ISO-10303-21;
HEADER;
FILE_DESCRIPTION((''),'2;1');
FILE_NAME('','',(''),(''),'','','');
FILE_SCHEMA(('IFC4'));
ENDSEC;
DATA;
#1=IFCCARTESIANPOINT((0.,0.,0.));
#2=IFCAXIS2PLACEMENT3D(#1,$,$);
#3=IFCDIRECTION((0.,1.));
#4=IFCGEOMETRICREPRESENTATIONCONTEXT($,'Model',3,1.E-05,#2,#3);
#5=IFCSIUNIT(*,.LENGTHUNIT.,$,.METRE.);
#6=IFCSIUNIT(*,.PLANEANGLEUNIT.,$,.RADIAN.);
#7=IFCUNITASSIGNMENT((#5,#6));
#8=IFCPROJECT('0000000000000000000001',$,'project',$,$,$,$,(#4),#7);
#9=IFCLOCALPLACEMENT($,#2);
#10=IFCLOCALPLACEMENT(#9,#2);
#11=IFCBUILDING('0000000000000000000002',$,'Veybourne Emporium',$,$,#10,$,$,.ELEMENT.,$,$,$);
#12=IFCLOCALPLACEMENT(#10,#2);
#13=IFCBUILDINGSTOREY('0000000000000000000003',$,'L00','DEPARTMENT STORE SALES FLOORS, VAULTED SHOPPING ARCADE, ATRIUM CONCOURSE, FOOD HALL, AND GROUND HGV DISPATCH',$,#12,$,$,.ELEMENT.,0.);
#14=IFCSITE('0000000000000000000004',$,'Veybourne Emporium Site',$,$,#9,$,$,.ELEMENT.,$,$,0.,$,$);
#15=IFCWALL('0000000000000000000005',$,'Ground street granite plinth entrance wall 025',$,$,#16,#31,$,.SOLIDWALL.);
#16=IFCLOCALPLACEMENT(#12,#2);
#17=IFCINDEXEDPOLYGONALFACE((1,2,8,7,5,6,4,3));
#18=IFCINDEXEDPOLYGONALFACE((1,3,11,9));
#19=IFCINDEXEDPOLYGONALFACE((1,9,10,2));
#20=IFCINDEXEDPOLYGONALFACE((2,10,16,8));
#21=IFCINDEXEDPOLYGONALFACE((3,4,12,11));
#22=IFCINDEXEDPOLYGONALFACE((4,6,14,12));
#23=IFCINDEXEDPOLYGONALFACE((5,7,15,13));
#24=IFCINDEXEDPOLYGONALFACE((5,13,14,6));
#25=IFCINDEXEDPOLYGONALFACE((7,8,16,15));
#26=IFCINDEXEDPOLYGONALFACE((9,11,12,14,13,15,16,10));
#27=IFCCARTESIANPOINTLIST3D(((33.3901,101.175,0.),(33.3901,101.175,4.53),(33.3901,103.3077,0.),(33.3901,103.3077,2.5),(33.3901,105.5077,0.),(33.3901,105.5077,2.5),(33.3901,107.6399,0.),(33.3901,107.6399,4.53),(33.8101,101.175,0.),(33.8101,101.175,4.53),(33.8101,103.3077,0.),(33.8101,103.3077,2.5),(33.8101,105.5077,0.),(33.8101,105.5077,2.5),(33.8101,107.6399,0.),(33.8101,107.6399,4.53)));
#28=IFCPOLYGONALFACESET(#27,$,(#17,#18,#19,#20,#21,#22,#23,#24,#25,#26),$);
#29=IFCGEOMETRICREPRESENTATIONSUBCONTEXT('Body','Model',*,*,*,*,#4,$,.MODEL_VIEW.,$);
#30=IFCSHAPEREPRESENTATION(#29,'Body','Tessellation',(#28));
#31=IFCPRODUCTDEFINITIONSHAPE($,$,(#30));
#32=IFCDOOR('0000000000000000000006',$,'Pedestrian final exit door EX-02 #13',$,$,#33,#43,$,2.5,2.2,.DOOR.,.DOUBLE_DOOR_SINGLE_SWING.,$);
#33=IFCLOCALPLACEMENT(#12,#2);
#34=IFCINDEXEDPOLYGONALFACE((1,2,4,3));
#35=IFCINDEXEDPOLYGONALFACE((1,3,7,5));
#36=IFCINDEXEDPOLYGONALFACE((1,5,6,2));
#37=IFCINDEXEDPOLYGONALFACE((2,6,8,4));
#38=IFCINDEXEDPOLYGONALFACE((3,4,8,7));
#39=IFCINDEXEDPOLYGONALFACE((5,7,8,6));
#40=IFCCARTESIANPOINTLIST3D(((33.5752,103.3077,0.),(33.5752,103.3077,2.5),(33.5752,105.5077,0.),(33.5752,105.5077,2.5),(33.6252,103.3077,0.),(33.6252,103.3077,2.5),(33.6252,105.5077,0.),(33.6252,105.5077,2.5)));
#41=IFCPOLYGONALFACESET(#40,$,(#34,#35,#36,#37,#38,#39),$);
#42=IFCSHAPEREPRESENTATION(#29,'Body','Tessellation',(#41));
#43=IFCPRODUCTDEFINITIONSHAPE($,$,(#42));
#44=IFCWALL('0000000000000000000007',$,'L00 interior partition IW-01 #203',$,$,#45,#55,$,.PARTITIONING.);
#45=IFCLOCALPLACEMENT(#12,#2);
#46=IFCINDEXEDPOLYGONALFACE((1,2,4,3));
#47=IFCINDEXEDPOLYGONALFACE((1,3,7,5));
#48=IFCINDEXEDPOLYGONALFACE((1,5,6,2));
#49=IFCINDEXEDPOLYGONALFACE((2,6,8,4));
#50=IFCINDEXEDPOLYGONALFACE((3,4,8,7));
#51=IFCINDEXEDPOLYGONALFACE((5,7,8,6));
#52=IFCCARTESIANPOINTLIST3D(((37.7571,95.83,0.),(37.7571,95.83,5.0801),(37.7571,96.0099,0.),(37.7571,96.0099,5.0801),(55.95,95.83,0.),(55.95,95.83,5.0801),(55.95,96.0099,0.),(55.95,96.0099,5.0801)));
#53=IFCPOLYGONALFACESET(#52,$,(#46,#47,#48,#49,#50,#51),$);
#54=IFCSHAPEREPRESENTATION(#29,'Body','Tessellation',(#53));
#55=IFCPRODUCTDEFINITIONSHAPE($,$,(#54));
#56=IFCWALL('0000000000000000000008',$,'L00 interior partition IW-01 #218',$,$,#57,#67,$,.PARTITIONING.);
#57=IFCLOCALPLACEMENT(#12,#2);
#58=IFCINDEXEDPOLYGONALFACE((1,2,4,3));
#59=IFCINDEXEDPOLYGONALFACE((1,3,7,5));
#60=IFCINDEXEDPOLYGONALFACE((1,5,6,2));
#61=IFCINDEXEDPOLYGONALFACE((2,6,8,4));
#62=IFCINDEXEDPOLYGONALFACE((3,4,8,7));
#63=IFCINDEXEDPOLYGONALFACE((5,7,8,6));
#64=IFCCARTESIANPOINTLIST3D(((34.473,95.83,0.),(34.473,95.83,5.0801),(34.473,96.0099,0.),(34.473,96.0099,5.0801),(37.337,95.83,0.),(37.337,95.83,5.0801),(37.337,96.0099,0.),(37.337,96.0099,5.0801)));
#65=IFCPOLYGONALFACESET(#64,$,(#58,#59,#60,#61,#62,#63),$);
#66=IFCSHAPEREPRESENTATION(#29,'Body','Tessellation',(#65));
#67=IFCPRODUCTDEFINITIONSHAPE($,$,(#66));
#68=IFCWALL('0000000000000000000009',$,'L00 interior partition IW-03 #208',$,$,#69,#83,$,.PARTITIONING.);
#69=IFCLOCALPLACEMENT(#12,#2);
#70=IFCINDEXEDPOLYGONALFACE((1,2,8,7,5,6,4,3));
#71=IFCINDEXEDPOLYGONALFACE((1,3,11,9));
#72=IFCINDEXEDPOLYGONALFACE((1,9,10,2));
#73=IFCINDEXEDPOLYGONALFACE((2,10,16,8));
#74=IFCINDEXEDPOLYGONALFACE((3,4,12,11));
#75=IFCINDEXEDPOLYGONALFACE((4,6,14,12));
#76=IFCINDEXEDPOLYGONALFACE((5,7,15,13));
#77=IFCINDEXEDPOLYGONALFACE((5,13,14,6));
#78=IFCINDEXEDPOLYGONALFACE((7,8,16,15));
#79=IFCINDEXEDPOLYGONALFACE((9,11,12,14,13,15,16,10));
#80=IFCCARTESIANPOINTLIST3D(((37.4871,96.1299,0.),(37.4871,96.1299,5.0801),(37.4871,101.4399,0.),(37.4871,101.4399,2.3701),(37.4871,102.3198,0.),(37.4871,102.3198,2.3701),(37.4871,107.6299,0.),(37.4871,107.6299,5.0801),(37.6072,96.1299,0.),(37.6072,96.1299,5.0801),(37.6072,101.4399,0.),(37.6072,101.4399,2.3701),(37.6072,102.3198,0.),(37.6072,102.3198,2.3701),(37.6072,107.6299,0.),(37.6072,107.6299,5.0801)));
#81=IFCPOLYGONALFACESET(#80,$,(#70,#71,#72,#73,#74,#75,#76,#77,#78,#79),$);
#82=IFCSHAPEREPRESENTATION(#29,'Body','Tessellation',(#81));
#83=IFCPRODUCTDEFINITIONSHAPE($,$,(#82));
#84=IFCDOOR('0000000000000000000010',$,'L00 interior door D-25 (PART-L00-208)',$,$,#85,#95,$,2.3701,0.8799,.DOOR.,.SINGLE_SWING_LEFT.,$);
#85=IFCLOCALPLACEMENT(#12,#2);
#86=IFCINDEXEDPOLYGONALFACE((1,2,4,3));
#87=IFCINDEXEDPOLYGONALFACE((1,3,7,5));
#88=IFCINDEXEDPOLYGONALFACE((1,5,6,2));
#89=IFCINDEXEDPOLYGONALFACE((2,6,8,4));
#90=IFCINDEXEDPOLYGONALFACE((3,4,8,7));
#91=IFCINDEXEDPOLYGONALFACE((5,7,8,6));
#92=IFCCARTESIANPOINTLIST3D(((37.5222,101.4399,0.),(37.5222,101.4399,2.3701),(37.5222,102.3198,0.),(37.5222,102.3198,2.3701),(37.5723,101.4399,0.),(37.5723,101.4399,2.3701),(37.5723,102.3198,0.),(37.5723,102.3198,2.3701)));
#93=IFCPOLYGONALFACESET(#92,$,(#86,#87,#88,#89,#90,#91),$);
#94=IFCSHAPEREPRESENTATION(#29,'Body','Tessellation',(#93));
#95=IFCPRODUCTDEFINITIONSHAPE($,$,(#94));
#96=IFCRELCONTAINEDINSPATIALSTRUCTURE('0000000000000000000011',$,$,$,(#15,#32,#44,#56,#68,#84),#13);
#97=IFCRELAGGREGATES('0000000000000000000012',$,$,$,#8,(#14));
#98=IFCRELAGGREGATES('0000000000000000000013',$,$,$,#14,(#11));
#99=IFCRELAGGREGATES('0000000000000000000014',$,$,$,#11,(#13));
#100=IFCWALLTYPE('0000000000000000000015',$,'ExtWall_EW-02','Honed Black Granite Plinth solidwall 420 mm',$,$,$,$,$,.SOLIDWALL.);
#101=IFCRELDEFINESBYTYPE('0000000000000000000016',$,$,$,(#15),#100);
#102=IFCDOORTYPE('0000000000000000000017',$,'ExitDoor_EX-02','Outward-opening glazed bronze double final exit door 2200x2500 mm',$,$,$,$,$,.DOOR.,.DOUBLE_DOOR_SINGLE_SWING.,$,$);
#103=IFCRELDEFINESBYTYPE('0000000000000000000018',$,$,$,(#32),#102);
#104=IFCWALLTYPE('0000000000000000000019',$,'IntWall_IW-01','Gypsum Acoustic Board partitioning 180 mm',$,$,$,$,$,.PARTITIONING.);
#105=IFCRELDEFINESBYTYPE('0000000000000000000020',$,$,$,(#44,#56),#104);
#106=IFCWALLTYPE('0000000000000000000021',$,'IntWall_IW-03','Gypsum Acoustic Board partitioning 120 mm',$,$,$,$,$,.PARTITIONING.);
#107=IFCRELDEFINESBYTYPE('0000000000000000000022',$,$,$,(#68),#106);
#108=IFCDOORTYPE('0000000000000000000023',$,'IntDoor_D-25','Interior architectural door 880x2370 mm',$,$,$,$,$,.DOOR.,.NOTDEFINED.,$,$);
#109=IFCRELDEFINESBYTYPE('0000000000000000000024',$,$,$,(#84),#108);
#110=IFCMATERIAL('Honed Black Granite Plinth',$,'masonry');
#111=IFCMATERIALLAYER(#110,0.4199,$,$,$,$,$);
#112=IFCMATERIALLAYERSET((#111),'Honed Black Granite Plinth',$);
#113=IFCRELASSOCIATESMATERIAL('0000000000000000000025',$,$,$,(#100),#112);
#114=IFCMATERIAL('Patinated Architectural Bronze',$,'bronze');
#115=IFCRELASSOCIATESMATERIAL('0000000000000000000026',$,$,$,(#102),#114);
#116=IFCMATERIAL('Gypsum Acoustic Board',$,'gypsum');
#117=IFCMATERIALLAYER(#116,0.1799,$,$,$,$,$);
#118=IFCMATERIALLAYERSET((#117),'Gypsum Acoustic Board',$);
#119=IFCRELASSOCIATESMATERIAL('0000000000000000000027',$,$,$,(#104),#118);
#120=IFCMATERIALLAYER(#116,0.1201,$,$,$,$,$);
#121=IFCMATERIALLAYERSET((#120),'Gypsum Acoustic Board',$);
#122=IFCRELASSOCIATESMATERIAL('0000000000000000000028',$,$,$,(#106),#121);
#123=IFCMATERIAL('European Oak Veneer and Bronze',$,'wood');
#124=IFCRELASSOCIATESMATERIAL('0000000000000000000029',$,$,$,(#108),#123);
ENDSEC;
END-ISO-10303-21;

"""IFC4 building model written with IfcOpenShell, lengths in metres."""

from ifc_helpers import new_model, si_unit, direction, frame, frame_2d, origin, place, context, subcontext, project, spatial, rectangle, extrude, material, layer, layer_set, type_object, element, fill, save


model = new_model("IFC4")

# Units and contexts
model_context = context("Model", 3, precision=1e-05, world=origin(), true_north=direction((0.0, 1.0)))
body_context = subcontext(model_context, "Body", "Model", "MODEL_VIEW")
ifc_project = project(units=[si_unit("LENGTHUNIT", "METRE"), si_unit("PLANEANGLEUNIT", "RADIAN")], contexts=[model_context])

# Site, building, storey
site_placement = place(None, origin())
site = spatial("IfcSite", under=ifc_project, at=site_placement, Name="Veybourne Emporium Site", CompositionType="ELEMENT", RefElevation=0.0)
building_placement = place(site_placement, origin())
building = spatial("IfcBuilding", under=site, at=building_placement, Name="Veybourne Emporium", CompositionType="ELEMENT")
storey_placement = place(building_placement, origin())
storey = spatial("IfcBuildingStorey", under=building, at=storey_placement, Name="L00", Description="DEPARTMENT STORE SALES FLOORS, VAULTED SHOPPING ARCADE, ATRIUM CONCOURSE, FOOD HALL, AND GROUND HGV DISPATCH", CompositionType="ELEMENT", Elevation=0.0)

# Wall, opening, door
ifc_material_1 = material(Name="Honed Black Granite Plinth", Category="masonry")
ifc_layer_1 = layer(ifc_material_1, 0.4199)
ifc_layer_set_1 = layer_set([ifc_layer_1], Name="Honed Black Granite Plinth")
wall_type_1 = type_object("IfcWallType", Name="ExtWall_EW-02", Description="Honed Black Granite Plinth solidwall 420 mm", PredefinedType="SOLIDWALL", material=ifc_layer_set_1)
ifc_material_2 = material(Name="Patinated Architectural Bronze", Category="bronze")
wall_1_placement = place(storey_placement, frame((33.6001, 101.175, 0.0), z_axis=(0.0, 0.0, 1.0), x_axis=(0.0, 1.0, 0.0)))
wall_1 = element("IfcWall", 1, at=wall_1_placement, inside=storey, type_object=wall_type_1, Name="Ground street granite plinth entrance wall 025", PredefinedType="SOLIDWALL", context=body_context, shape_type="SweptSolid", body=[
    extrude(rectangle(XDim=6.4648, YDim=0.4199, at=frame_2d((3.2324, 0.0))), origin(), (0.0, 0.0, 1.0), 4.53),
])
opening_1_placement = place(wall_1_placement, frame((2.1326, 0.0, 0.0)))
opening_1 = element("IfcOpeningElement", 2, at=opening_1_placement, cuts=wall_1, PredefinedType="OPENING", context=body_context, shape_type="SweptSolid", body=[
    extrude(rectangle(XDim=2.2, YDim=2.5, at=frame_2d((1.1001, 1.25))), frame((0.0, 0.23, 0.0), z_axis=(0.0, -1.0, 0.0), x_axis=(1.0, 0.0, 0.0)), (0.0, 0.0, 1.0), 0.46),
])
door_type_1 = type_object("IfcDoorType", Name="ExitDoor_EX-02", Description="Outward-opening glazed bronze double final exit door 2200x2500 mm", OperationType="DOUBLE_DOOR_SINGLE_SWING", PredefinedType="DOOR", material=ifc_material_2)
door_1_placement = place(opening_1_placement, origin())
door_1 = element("IfcDoor", 3, at=door_1_placement, inside=storey, type_object=door_type_1, Name="Pedestrian final exit door EX-02 #13", OperationType="DOUBLE_DOOR_SINGLE_SWING", OverallHeight=2.5, OverallWidth=2.2, PredefinedType="DOOR", context=body_context, shape_type="SweptSolid", body=[
    extrude(rectangle(XDim=2.2, YDim=2.5, at=frame_2d((1.1001, 1.25))), frame((0.0, 0.0249, 0.0), z_axis=(0.0, -1.0, 0.0), x_axis=(1.0, 0.0, 0.0)), (0.0, 0.0, 1.0), 0.05),
])
fill(opening_1, door_1)

# Walls
ifc_material_3 = material(Name="Gypsum Acoustic Board", Category="gypsum")
ifc_layer_2 = layer(ifc_material_3, 0.1799)
ifc_layer_set_2 = layer_set([ifc_layer_2], Name="Gypsum Acoustic Board")
wall_type_2 = type_object("IfcWallType", Name="IntWall_IW-01", Description="Gypsum Acoustic Board partitioning 180 mm", PredefinedType="PARTITIONING", material=ifc_layer_set_2)
wall_2_placement = place(storey_placement, frame((37.7571, 95.9199, 0.0), z_axis=(0.0, 0.0, 1.0), x_axis=(1.0, 0.0, 0.0)))
element("IfcWall", 4, at=wall_2_placement, inside=storey, type_object=wall_type_2, Name="L00 interior partition IW-01 #203", PredefinedType="PARTITIONING", context=body_context, shape_type="SweptSolid", body=[
    extrude(rectangle(XDim=18.1929, YDim=0.1799, at=frame_2d((9.0964, 0.0))), origin(), (0.0, 0.0, 1.0), 5.0801),
])
wall_3_placement = place(storey_placement, frame((34.4729, 95.9199, 0.0), z_axis=(0.0, 0.0, 1.0), x_axis=(1.0, 0.0, 0.0)))
element("IfcWall", 5, at=wall_3_placement, inside=storey, type_object=wall_type_2, Name="L00 interior partition IW-01 #218", PredefinedType="PARTITIONING", context=body_context, shape_type="SweptSolid", body=[
    extrude(rectangle(XDim=2.864, YDim=0.1799, at=frame_2d((1.4321, 0.0))), origin(), (0.0, 0.0, 1.0), 5.0801),
])

# Wall, opening, door
ifc_layer_3 = layer(ifc_material_3, 0.1201)
ifc_layer_set_3 = layer_set([ifc_layer_3], Name="Gypsum Acoustic Board")
wall_type_3 = type_object("IfcWallType", Name="IntWall_IW-03", Description="Gypsum Acoustic Board partitioning 120 mm", PredefinedType="PARTITIONING", material=ifc_layer_set_3)
wall_4_placement = place(storey_placement, frame((37.5471, 96.1299, 0.0), z_axis=(0.0, 0.0, 1.0), x_axis=(0.0, 1.0, 0.0)))
wall_4 = element("IfcWall", 6, at=wall_4_placement, inside=storey, type_object=wall_type_3, Name="L00 interior partition IW-03 #208", PredefinedType="PARTITIONING", context=body_context, shape_type="SweptSolid", body=[
    extrude(rectangle(XDim=11.5, YDim=0.1201, at=frame_2d((5.75, 0.0))), origin(), (0.0, 0.0, 1.0), 5.0801),
])
opening_2_placement = place(wall_4_placement, frame((5.3101, 0.0, 0.0)))
opening_2 = element("IfcOpeningElement", 7, at=opening_2_placement, cuts=wall_4, PredefinedType="OPENING", context=body_context, shape_type="SweptSolid", body=[
    extrude(rectangle(XDim=0.8799, YDim=2.3701, at=frame_2d((0.4399, 1.1851))), frame((0.0, 0.0801, 0.0), z_axis=(0.0, -1.0, 0.0), x_axis=(1.0, 0.0, 0.0)), (0.0, 0.0, 1.0), 0.1602),
])
ifc_material_4 = material(Name="European Oak Veneer and Bronze", Category="wood")
door_type_2 = type_object("IfcDoorType", Name="IntDoor_D-25", Description="Interior architectural door 880x2370 mm", OperationType="NOTDEFINED", PredefinedType="DOOR", material=ifc_material_4)
door_2_placement = place(opening_2_placement, origin())
door_2 = element("IfcDoor", 8, at=door_2_placement, inside=storey, type_object=door_type_2, Name="L00 interior door D-25 (PART-L00-208)", OperationType="SINGLE_SWING_LEFT", OverallHeight=2.3701, OverallWidth=0.8799, PredefinedType="DOOR", context=body_context, shape_type="SweptSolid", body=[
    extrude(rectangle(XDim=0.8799, YDim=2.3701, at=frame_2d((0.4399, 1.1851))), frame((0.0, 0.0249, 0.0), z_axis=(0.0, -1.0, 0.0), x_axis=(1.0, 0.0, 0.0)), (0.0, 0.0, 1.0), 0.05),
])
fill(opening_2, door_2)

save(model, "model.ifc")
